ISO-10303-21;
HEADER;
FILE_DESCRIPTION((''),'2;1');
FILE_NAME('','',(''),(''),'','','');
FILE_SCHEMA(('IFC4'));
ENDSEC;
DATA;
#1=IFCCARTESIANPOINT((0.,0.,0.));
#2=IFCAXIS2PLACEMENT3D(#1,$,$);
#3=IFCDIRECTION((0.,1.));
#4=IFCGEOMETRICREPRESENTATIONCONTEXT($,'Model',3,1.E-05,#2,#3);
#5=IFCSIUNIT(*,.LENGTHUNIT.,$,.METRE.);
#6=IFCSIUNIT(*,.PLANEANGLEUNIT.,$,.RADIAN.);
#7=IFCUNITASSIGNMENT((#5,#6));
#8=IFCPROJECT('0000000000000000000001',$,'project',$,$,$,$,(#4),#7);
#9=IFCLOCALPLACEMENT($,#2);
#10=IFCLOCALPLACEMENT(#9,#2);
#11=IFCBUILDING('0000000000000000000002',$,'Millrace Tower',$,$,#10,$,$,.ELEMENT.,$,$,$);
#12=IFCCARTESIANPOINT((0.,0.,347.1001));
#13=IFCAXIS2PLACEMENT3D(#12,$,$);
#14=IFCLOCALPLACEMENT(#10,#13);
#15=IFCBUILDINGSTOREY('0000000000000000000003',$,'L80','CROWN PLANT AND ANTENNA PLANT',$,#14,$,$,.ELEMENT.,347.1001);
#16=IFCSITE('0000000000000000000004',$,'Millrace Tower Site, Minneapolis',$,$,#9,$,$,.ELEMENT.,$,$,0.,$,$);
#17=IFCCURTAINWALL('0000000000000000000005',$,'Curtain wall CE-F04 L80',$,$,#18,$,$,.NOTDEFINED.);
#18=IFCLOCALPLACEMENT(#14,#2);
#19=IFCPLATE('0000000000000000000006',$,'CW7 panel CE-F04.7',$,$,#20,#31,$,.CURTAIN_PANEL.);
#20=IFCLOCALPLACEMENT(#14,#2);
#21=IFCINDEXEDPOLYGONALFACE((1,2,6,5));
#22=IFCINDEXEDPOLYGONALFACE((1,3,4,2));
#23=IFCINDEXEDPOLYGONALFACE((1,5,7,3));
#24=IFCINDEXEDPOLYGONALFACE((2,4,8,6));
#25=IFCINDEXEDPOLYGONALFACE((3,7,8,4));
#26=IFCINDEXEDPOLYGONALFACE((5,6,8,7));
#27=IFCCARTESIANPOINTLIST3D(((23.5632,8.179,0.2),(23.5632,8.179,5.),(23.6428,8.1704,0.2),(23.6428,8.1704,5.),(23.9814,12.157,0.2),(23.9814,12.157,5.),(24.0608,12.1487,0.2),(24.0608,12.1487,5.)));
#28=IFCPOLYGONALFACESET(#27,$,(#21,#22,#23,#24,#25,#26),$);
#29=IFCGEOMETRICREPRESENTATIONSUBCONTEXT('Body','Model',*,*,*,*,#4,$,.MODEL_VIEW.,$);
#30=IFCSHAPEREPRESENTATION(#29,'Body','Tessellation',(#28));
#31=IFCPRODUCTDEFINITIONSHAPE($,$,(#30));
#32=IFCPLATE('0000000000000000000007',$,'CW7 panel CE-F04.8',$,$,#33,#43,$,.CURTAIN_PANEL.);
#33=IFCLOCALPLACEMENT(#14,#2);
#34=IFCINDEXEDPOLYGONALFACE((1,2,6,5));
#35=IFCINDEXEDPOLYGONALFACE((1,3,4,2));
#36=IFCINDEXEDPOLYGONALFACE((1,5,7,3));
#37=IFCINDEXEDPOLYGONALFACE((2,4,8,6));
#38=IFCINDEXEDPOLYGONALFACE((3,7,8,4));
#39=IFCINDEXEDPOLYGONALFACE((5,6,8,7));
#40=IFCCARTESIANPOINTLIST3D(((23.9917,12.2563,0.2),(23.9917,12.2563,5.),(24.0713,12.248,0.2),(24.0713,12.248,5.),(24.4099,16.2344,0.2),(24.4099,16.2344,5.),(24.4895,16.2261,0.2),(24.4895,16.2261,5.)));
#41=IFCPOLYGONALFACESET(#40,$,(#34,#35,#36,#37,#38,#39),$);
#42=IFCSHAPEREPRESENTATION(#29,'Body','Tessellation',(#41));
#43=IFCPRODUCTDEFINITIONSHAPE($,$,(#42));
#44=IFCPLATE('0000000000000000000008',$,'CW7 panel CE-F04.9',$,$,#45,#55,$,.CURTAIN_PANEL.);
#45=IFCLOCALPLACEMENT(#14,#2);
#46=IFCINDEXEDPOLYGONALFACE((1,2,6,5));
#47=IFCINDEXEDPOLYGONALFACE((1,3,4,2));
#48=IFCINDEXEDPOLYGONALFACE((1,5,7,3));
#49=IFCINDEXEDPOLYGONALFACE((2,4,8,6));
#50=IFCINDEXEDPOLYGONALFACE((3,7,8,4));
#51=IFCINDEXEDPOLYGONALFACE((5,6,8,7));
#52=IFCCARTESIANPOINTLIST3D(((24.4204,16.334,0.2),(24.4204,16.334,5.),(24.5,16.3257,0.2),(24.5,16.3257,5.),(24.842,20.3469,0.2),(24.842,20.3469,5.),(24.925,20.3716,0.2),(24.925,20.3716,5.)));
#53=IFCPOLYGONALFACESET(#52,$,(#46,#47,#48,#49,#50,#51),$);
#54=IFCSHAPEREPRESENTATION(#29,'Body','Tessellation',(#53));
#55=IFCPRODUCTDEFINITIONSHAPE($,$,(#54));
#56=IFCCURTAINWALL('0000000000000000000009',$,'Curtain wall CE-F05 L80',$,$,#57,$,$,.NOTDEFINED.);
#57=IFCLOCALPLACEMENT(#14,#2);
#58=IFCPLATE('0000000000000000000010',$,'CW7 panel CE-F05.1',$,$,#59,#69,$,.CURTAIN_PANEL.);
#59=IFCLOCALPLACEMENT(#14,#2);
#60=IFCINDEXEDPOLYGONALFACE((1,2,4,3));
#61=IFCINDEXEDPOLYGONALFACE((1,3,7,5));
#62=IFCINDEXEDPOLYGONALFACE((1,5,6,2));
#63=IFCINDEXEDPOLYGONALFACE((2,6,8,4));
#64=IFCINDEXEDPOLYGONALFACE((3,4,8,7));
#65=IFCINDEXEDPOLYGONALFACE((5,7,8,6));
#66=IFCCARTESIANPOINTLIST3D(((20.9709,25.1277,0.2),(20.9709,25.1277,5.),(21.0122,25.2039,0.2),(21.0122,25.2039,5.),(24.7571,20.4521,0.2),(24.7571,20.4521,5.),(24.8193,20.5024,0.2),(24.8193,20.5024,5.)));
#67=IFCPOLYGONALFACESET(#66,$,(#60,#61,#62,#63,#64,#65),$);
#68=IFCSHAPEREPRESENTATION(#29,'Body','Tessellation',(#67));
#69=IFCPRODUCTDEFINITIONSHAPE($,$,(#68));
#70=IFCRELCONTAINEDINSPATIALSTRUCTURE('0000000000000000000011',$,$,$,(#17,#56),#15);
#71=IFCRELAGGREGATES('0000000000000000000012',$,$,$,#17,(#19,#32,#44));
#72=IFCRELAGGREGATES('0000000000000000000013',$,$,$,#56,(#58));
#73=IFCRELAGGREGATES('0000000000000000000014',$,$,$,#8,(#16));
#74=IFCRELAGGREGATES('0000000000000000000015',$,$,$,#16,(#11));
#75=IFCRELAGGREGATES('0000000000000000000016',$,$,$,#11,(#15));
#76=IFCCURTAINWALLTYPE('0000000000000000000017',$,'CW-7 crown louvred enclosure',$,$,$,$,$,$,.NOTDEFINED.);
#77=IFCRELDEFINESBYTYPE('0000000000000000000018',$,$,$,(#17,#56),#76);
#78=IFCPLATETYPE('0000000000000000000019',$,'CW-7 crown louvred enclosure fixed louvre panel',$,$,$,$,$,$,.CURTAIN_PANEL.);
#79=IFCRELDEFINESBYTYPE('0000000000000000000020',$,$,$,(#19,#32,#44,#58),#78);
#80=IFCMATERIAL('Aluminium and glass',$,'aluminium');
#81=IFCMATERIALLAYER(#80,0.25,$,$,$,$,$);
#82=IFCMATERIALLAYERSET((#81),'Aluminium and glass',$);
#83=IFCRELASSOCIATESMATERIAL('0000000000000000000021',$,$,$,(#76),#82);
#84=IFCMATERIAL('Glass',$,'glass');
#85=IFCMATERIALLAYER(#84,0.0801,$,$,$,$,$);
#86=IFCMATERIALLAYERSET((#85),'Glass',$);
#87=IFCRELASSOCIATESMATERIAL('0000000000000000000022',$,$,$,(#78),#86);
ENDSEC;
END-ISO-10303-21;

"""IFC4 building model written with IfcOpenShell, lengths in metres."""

from ifc_helpers import new_model, si_unit, direction, frame, origin, place, context, subcontext, project, spatial, polyline, outline, extrude, material, layer, layer_set, type_object, element, aggregate, save


model = new_model("IFC4")

# Units and contexts
model_context = context("Model", 3, precision=1e-05, world=origin(), true_north=direction((0.0, 1.0)))
body_context = subcontext(model_context, "Body", "Model", "MODEL_VIEW")
ifc_project = project(units=[si_unit("LENGTHUNIT", "METRE"), si_unit("PLANEANGLEUNIT", "RADIAN")], contexts=[model_context])

# Site, building, storey
site_placement = place(None, origin())
site = spatial("IfcSite", under=ifc_project, at=site_placement, Name="Millrace Tower Site, Minneapolis", CompositionType="ELEMENT", RefElevation=0.0)
building_placement = place(site_placement, origin())
building = spatial("IfcBuilding", under=site, at=building_placement, Name="Millrace Tower", CompositionType="ELEMENT")
storey_placement = place(building_placement, frame((0.0, 0.0, 347.1001)))
storey = spatial("IfcBuildingStorey", under=building, at=storey_placement, Name="L80", Description="CROWN PLANT AND ANTENNA PLANT", CompositionType="ELEMENT", Elevation=347.1001)

# Shared definitions
ifc_material_1 = material(Name="Aluminium and glass", Category="aluminium")
ifc_layer_1 = layer(ifc_material_1, 0.25)
ifc_layer_set_1 = layer_set([ifc_layer_1], Name="Aluminium and glass")
curtain_wall_type = type_object("IfcCurtainWallType", Name="CW-7 crown louvred enclosure", PredefinedType="NOTDEFINED", material=ifc_layer_set_1)
placement_1 = place(storey_placement, origin())
ifc_material_2 = material(Name="Glass", Category="glass")
ifc_layer_2 = layer(ifc_material_2, 0.0801)
ifc_layer_set_2 = layer_set([ifc_layer_2], Name="Glass")
plate_type = type_object("IfcPlateType", Name="CW-7 crown louvred enclosure fixed louvre panel", PredefinedType="CURTAIN_PANEL", material=ifc_layer_set_2)
placement_2 = place(storey_placement, frame((0.0, 0.0, 0.2)))

# Curtain wall, plates
curtain_wall_1 = element("IfcCurtainWall", 1, at=placement_1, inside=storey, type_object=curtain_wall_type, Name="Curtain wall CE-F04 L80", PredefinedType="NOTDEFINED")
plate_1 = element("IfcPlate", 2, at=placement_2, type_object=plate_type, Name="CW7 panel CE-F04.7", PredefinedType="CURTAIN_PANEL", context=body_context, shape_type="SweptSolid", body=[
    extrude(outline(polyline([(23.6428, 8.1704), (24.0608, 12.1487), (23.9814, 12.157), (23.5632, 8.179), (23.6428, 8.1704)])), origin(), (0.0, 0.0, 1.0), 4.8),
])
plate_2 = element("IfcPlate", 3, at=placement_2, type_object=plate_type, Name="CW7 panel CE-F04.8", PredefinedType="CURTAIN_PANEL", context=body_context, shape_type="SweptSolid", body=[
    extrude(outline(polyline([(24.0713, 12.248), (24.4895, 16.2261), (24.4099, 16.2344), (23.9917, 12.2563), (24.0713, 12.248)])), origin(), (0.0, 0.0, 1.0), 4.8),
])
plate_3 = element("IfcPlate", 4, at=placement_2, type_object=plate_type, Name="CW7 panel CE-F04.9", PredefinedType="CURTAIN_PANEL", context=body_context, shape_type="SweptSolid", body=[
    extrude(outline(polyline([(24.5, 16.3257), (24.925, 20.3716), (24.842, 20.3469), (24.4204, 16.334), (24.5, 16.3257)])), origin(), (0.0, 0.0, 1.0), 4.8),
])
aggregate(curtain_wall_1, [plate_1, plate_2, plate_3])

# Curtain wall, plate
curtain_wall_2 = element("IfcCurtainWall", 5, at=placement_1, inside=storey, type_object=curtain_wall_type, Name="Curtain wall CE-F05 L80", PredefinedType="NOTDEFINED")
plate_4 = element("IfcPlate", 6, at=placement_2, type_object=plate_type, Name="CW7 panel CE-F05.1", PredefinedType="CURTAIN_PANEL", context=body_context, shape_type="SweptSolid", body=[
    extrude(outline(polyline([(24.8193, 20.5024), (21.0122, 25.2039), (20.9709, 25.1277), (24.7571, 20.4521), (24.8193, 20.5024)])), origin(), (0.0, 0.0, 1.0), 4.8),
])
aggregate(curtain_wall_2, [plate_4])

save(model, "model.ifc")
